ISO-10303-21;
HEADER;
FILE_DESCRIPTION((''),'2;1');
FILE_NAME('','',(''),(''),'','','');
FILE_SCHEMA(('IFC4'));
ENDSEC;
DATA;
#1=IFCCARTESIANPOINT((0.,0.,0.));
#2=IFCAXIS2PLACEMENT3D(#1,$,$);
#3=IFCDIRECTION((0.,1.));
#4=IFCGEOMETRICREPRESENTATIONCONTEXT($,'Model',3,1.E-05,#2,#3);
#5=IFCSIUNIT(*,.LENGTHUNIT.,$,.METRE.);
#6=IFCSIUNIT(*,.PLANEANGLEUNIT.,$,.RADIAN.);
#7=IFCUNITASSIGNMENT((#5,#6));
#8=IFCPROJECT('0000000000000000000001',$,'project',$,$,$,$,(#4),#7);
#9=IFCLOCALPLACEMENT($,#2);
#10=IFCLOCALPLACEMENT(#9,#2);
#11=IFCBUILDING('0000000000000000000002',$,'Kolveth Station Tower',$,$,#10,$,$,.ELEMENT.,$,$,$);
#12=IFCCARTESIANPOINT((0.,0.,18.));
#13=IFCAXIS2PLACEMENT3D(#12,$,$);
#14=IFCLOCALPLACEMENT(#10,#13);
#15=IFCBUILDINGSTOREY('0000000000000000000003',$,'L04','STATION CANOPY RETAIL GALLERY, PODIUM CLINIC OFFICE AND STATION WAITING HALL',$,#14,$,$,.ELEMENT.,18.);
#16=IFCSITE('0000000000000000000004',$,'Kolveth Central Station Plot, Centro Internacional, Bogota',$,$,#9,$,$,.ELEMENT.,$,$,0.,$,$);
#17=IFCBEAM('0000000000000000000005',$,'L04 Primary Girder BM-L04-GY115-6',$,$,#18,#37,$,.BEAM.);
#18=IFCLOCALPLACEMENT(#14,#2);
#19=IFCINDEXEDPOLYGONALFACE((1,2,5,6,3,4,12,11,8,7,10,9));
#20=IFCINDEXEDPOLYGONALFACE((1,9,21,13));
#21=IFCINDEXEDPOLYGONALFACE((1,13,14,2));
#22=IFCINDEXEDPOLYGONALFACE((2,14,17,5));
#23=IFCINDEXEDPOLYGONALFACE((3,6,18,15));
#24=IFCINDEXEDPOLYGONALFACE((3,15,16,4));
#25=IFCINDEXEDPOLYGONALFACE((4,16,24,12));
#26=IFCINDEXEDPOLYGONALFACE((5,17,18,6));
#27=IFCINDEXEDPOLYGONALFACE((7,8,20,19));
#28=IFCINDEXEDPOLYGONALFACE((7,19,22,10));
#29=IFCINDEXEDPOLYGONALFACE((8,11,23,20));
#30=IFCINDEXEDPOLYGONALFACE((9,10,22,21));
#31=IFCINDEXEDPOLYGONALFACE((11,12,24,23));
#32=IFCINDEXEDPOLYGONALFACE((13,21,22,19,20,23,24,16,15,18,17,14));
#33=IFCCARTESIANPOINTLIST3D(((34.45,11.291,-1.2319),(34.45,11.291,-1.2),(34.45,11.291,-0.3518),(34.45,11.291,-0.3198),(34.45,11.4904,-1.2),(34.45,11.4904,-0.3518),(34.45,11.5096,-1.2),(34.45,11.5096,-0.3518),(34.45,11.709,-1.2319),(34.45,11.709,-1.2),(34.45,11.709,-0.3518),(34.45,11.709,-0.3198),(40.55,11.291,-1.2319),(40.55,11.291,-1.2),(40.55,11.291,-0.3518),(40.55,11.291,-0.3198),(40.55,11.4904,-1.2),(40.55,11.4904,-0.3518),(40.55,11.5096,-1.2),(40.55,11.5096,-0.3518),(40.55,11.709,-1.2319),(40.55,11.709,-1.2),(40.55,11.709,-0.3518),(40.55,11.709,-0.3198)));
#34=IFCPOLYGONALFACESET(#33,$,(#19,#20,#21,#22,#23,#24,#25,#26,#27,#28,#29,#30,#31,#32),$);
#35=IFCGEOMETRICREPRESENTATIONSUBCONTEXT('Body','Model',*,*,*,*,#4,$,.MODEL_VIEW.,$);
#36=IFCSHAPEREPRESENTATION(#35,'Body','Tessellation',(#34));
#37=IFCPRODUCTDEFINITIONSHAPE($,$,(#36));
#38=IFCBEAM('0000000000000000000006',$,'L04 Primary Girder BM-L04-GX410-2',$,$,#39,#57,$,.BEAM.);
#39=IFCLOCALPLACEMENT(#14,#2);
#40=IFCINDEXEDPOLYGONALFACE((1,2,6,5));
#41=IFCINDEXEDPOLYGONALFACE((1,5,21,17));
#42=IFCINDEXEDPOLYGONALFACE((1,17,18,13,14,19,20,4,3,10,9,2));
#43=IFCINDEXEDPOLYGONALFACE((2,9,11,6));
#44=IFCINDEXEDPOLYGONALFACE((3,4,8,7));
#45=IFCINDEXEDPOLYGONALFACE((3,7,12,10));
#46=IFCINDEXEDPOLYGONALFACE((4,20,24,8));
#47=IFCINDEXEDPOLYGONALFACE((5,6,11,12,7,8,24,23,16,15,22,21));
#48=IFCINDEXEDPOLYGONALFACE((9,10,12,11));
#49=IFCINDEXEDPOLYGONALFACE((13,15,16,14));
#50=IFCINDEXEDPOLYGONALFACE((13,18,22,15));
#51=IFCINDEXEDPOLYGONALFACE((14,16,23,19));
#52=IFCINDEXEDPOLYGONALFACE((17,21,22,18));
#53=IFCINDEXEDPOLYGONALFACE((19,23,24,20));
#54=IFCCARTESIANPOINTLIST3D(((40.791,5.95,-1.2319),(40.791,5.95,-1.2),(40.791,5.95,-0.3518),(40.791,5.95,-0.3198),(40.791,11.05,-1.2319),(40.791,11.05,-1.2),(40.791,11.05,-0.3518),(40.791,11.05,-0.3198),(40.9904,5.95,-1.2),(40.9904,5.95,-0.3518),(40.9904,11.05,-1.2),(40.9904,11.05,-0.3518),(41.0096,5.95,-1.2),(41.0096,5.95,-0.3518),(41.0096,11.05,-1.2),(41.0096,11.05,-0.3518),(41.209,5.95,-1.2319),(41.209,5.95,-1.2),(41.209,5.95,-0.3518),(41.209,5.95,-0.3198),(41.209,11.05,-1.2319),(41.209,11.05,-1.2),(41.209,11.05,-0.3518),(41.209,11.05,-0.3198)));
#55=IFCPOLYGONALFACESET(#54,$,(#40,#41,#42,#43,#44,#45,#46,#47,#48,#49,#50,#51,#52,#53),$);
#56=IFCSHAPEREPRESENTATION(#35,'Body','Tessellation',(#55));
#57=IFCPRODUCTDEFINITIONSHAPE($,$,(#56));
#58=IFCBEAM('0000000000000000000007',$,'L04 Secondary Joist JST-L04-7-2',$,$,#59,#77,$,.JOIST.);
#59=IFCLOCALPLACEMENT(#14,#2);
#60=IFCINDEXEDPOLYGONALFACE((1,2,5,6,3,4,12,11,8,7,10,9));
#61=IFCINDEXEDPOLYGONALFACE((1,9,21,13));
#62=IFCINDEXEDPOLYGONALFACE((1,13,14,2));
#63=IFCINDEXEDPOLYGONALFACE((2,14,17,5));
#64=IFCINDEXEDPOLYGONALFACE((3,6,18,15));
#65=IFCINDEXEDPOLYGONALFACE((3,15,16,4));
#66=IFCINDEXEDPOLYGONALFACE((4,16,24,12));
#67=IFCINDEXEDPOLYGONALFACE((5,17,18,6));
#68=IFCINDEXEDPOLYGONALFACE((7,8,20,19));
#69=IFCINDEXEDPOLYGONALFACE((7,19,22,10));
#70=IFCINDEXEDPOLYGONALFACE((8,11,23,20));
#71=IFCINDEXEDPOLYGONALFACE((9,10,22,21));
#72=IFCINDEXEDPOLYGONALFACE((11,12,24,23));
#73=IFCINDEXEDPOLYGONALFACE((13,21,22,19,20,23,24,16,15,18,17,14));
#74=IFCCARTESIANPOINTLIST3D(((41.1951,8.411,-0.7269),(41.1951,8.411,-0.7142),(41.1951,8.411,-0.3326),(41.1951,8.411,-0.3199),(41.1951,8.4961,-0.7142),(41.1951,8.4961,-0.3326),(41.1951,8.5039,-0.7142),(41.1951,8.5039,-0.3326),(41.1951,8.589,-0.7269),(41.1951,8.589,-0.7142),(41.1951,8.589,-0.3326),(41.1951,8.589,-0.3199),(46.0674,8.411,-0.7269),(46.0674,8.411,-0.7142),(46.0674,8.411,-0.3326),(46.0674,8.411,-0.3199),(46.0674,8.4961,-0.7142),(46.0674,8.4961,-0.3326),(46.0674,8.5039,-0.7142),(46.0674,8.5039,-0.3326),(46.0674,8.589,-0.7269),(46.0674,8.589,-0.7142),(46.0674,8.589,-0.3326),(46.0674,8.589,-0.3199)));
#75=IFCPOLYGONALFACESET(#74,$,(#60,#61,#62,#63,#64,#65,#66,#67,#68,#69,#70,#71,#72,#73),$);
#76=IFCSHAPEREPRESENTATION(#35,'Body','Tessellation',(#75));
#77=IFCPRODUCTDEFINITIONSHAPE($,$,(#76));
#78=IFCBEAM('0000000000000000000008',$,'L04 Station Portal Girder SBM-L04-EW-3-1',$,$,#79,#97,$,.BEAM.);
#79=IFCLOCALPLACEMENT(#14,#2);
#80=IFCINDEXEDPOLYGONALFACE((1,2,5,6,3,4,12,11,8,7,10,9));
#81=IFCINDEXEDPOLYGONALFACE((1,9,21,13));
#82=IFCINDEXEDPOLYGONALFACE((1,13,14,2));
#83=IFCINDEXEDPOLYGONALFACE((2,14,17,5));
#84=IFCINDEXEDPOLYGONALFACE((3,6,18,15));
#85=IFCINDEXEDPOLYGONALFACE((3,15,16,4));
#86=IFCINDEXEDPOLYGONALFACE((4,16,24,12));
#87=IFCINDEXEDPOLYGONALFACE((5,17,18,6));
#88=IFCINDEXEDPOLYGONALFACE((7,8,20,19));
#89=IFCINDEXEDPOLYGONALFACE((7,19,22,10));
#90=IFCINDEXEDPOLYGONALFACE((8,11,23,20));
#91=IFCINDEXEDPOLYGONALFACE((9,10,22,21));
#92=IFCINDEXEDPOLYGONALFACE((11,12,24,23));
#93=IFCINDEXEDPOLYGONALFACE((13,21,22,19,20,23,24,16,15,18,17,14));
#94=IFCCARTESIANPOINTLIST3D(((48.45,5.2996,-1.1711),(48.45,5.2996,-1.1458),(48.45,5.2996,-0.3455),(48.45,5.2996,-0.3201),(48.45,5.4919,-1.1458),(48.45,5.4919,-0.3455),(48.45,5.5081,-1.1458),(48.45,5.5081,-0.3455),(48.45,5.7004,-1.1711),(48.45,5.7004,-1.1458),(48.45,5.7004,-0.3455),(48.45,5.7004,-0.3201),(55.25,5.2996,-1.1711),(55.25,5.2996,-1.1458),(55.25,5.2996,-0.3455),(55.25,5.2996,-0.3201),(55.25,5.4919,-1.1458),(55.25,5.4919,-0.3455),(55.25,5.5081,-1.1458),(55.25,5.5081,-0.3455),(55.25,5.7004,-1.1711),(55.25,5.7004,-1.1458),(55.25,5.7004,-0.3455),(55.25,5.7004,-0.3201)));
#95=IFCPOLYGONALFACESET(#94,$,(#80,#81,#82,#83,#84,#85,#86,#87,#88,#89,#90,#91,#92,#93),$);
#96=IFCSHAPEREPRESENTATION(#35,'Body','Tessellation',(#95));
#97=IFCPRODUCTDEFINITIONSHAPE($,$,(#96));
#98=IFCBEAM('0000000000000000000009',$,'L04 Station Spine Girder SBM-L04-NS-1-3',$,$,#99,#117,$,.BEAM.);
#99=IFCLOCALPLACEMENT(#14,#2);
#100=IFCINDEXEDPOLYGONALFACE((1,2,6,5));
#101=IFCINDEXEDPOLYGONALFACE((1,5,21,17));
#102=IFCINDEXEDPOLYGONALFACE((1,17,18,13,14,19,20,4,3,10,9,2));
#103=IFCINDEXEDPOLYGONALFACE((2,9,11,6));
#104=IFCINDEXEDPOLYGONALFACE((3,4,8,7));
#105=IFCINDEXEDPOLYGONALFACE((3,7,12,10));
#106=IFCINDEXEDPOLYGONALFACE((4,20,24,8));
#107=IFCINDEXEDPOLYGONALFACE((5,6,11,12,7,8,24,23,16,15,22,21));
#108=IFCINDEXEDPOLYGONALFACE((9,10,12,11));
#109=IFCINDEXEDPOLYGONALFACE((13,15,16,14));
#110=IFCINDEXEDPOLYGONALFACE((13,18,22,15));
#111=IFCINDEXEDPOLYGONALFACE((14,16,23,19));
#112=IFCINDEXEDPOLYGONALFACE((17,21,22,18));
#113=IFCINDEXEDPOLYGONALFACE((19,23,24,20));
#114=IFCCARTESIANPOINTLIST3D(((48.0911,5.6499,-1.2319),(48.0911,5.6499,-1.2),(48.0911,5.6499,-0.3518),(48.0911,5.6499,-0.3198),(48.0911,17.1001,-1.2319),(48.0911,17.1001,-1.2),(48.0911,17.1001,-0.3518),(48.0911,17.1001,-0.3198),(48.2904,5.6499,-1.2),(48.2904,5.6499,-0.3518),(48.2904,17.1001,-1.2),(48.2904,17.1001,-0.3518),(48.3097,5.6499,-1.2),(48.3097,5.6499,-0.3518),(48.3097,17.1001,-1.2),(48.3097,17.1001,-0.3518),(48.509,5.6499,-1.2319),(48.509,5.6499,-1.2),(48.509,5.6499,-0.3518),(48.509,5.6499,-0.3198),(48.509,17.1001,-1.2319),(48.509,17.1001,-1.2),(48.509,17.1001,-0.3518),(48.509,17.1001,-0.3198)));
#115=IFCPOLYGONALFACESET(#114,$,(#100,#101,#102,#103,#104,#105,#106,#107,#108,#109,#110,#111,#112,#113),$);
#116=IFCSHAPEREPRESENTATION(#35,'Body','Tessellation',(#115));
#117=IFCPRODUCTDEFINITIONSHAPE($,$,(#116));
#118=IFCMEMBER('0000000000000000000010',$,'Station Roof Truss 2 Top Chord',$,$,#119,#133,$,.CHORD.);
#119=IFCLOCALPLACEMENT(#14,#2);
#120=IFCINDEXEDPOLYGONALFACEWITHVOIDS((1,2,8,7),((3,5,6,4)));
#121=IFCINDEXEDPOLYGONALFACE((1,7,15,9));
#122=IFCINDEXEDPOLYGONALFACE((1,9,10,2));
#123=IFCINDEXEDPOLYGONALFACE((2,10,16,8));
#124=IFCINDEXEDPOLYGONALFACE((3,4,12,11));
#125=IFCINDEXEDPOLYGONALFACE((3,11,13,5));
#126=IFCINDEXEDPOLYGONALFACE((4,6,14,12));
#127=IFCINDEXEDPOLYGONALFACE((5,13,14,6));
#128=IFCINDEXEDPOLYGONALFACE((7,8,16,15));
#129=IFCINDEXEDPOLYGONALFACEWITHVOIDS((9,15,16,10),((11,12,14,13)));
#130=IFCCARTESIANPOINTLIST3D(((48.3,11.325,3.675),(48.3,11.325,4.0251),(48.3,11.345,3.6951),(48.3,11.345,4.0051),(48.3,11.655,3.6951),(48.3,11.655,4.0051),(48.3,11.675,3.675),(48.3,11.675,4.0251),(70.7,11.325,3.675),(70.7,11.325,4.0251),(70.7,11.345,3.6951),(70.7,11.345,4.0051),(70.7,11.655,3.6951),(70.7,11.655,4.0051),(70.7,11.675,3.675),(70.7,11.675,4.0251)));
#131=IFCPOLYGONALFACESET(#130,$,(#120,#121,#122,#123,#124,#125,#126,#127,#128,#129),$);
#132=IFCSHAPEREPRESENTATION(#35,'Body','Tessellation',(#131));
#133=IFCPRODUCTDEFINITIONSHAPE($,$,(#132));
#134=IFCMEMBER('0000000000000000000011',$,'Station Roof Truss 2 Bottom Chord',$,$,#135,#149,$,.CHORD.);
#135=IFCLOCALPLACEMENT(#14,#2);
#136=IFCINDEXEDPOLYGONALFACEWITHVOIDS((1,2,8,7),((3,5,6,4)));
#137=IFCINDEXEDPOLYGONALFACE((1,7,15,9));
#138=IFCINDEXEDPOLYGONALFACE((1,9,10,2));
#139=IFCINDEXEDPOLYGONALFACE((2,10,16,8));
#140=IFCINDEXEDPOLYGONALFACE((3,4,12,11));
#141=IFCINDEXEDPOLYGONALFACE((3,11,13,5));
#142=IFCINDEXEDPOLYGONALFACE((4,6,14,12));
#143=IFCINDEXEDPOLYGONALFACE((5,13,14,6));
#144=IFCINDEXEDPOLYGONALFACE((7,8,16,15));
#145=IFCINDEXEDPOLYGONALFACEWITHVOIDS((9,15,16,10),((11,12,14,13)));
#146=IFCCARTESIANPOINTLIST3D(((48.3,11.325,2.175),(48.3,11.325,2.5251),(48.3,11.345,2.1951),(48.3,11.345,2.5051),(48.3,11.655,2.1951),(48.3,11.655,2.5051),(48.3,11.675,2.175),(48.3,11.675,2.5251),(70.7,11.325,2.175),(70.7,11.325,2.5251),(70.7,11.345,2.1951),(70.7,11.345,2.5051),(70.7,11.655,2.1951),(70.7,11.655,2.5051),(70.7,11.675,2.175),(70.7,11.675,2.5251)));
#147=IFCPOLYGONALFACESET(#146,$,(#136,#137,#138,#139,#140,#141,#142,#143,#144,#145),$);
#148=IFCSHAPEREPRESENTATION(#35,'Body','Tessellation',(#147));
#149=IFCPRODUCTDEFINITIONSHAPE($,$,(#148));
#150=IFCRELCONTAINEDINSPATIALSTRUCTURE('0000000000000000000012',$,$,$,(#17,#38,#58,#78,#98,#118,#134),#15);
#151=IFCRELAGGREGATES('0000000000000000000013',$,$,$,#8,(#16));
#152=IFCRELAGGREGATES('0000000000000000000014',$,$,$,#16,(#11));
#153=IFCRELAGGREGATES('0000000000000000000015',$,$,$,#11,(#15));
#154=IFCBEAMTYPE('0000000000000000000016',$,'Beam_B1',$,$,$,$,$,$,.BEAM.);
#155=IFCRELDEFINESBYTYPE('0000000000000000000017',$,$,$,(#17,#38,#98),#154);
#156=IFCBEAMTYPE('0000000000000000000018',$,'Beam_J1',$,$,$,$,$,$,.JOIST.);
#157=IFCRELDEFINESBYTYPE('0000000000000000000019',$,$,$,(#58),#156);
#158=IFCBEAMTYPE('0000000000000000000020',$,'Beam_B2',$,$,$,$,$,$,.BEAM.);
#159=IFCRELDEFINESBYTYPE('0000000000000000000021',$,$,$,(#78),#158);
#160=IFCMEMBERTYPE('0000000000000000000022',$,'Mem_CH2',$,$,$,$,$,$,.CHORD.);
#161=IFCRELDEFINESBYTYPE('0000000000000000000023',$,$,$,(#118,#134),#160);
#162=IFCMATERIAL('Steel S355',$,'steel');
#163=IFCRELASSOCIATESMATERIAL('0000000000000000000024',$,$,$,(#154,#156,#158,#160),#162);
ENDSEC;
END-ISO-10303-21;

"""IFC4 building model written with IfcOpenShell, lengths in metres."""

from ifc_helpers import new_model, si_unit, direction, frame, origin, origin_2d, place, context, subcontext, project, spatial, hollow_rectangle, i_section, extrude, source, transform, mapped, material, material_profile, profile_set, type_object, element, save


model = new_model("IFC4")

# Units and contexts
model_context = context("Model", 3, precision=1e-05, world=origin(), true_north=direction((0.0, 1.0)))
body_context = subcontext(model_context, "Body", "Model", "MODEL_VIEW")
ifc_project = project(units=[si_unit("LENGTHUNIT", "METRE"), si_unit("PLANEANGLEUNIT", "RADIAN")], contexts=[model_context])

# Site, building, storey
site_placement = place(None, origin())
site = spatial("IfcSite", under=ifc_project, at=site_placement, Name="Kolveth Central Station Plot, Centro Internacional, Bogota", CompositionType="ELEMENT", RefElevation=0.0)
building_placement = place(site_placement, origin())
building = spatial("IfcBuilding", under=site, at=building_placement, Name="Kolveth Station Tower", CompositionType="ELEMENT")
storey_placement = place(building_placement, frame((0.0, 0.0, 18.0)))
storey = spatial("IfcBuildingStorey", under=building, at=storey_placement, Name="L04", Description="STATION CANOPY RETAIL GALLERY, PODIUM CLINIC OFFICE AND STATION WAITING HALL", CompositionType="ELEMENT", Elevation=18.0)

# Shared definitions
ifc_material_1 = material(Name="Steel S355", Category="steel")

# Beams
ifc_material_profile_1 = material_profile(ifc_material_1, i_section(OverallWidth=0.418, OverallDepth=0.9121, WebThickness=0.0193, FlangeThickness=0.032, at=origin_2d()), Name="W920x342")
ifc_profile_set_1 = profile_set([ifc_material_profile_1], Name="Steel S355")
beam_type_1 = type_object("IfcBeamType", Name="Beam_B1", PredefinedType="BEAM", material=ifc_profile_set_1)
shared_shape_1 = source(origin(), body_context, "Body", "SweptSolid", [
    extrude(i_section(OverallWidth=0.418, OverallDepth=0.9121, WebThickness=0.0193, FlangeThickness=0.032, at=origin_2d()), origin(), (0.0, 0.0, 1.0), 6.1001),
])
for number, where, z_axis, x_axis, name in (
    (1, (34.45, 11.5, -0.7759), (1.0, 0.0, 0.0), (0.0, 1.0, 0.0), "L04 Primary Girder BM-L04-GY115-6"),
):
    element("IfcBeam", number, at=place(storey_placement, frame(where, z_axis=z_axis, x_axis=x_axis)), inside=storey, type_object=beam_type_1, Name=name, PredefinedType="BEAM", context=body_context, shape_type="MappedRepresentation", body=[
        mapped(shared_shape_1, transform((0.0, 0.0, 0.0), x_axis=(1.0, 0.0, 0.0), y_axis=(0.0, 1.0, 0.0), z_axis=(0.0, 0.0, 1.0), scale=1.0)),
    ])
shared_shape_2 = source(origin(), body_context, "Body", "SweptSolid", [
    extrude(i_section(OverallWidth=0.418, OverallDepth=0.9121, WebThickness=0.0193, FlangeThickness=0.032, at=origin_2d()), origin(), (0.0, 0.0, 1.0), 5.1001),
])
beam_1_placement = place(storey_placement, frame((41.0, 5.95, -0.7759), z_axis=(0.0, 1.0, 0.0), x_axis=(-1.0, 0.0, 0.0)))
element("IfcBeam", 2, at=beam_1_placement, inside=storey, type_object=beam_type_1, Name="L04 Primary Girder BM-L04-GX410-2", PredefinedType="BEAM", context=body_context, shape_type="MappedRepresentation", body=[
    mapped(shared_shape_2, transform((0.0, 0.0, 0.0), x_axis=(1.0, 0.0, 0.0), y_axis=(0.0, 1.0, 0.0), z_axis=(0.0, 0.0, 1.0), scale=1.0)),
])
ifc_material_profile_2 = material_profile(ifc_material_1, i_section(OverallWidth=0.178, OverallDepth=0.407, WebThickness=0.0078, FlangeThickness=0.0127, at=origin_2d()), Name="W410x60")
ifc_profile_set_2 = profile_set([ifc_material_profile_2], Name="Steel S355")
beam_type_2 = type_object("IfcBeamType", Name="Beam_J1", PredefinedType="JOIST", material=ifc_profile_set_2)
shared_shape_3 = source(origin(), body_context, "Body", "SweptSolid", [
    extrude(i_section(OverallWidth=0.178, OverallDepth=0.407, WebThickness=0.0078, FlangeThickness=0.0127, at=origin_2d()), origin(), (0.0, 0.0, 1.0), 4.8723),
])
beam_2_placement = place(storey_placement, frame((41.1951, 8.5, -0.5234), z_axis=(1.0, 0.0, 0.0), x_axis=(0.0, 1.0, 0.0)))
element("IfcBeam", 3, at=beam_2_placement, inside=storey, type_object=beam_type_2, Name="L04 Secondary Joist JST-L04-7-2", PredefinedType="JOIST", context=body_context, shape_type="MappedRepresentation", body=[
    mapped(shared_shape_3, transform((0.0, 0.0, 0.0), x_axis=(1.0, 0.0, 0.0), y_axis=(0.0, 1.0, 0.0), z_axis=(0.0, 0.0, 1.0), scale=1.0)),
])
ifc_material_profile_3 = material_profile(ifc_material_1, i_section(OverallWidth=0.4009, OverallDepth=0.8511, WebThickness=0.0161, FlangeThickness=0.0254, at=origin_2d()), Name="W840x226")
ifc_profile_set_3 = profile_set([ifc_material_profile_3], Name="Steel S355")
beam_type_3 = type_object("IfcBeamType", Name="Beam_B2", PredefinedType="BEAM", material=ifc_profile_set_3)
shared_shape_4 = source(origin(), body_context, "Body", "SweptSolid", [
    extrude(i_section(OverallWidth=0.4009, OverallDepth=0.8511, WebThickness=0.0161, FlangeThickness=0.0254, at=origin_2d()), origin(), (0.0, 0.0, 1.0), 6.8),
])
beam_3_placement = place(storey_placement, frame((48.45, 5.5, -0.7456), z_axis=(1.0, 0.0, 0.0), x_axis=(0.0, 1.0, 0.0)))
element("IfcBeam", 4, at=beam_3_placement, inside=storey, type_object=beam_type_3, Name="L04 Station Portal Girder SBM-L04-EW-3-1", PredefinedType="BEAM", context=body_context, shape_type="MappedRepresentation", body=[
    mapped(shared_shape_4, transform((0.0, 0.0, 0.0), x_axis=(1.0, 0.0, 0.0), y_axis=(0.0, 1.0, 0.0), z_axis=(0.0, 0.0, 1.0), scale=1.0)),
])
shared_shape_5 = source(origin(), body_context, "Body", "SweptSolid", [
    extrude(i_section(OverallWidth=0.418, OverallDepth=0.9121, WebThickness=0.0193, FlangeThickness=0.032, at=origin_2d()), origin(), (0.0, 0.0, 1.0), 11.4502),
])
beam_4_placement = place(storey_placement, frame((48.3, 5.6499, -0.7759), z_axis=(0.0, 1.0, 0.0), x_axis=(-1.0, 0.0, 0.0)))
element("IfcBeam", 5, at=beam_4_placement, inside=storey, type_object=beam_type_1, Name="L04 Station Spine Girder SBM-L04-NS-1-3", PredefinedType="BEAM", context=body_context, shape_type="MappedRepresentation", body=[
    mapped(shared_shape_5, transform((0.0, 0.0, 0.0), x_axis=(1.0, 0.0, 0.0), y_axis=(0.0, 1.0, 0.0), z_axis=(0.0, 0.0, 1.0), scale=1.0)),
])

# Members
ifc_material_profile_4 = material_profile(ifc_material_1, hollow_rectangle(XDim=0.3501, YDim=0.3501, WallThickness=0.02, at=origin_2d()), Name="HSS350x350x20")
ifc_profile_set_4 = profile_set([ifc_material_profile_4], Name="Steel S355")
member_type_1 = type_object("IfcMemberType", Name="Mem_CH2", PredefinedType="CHORD", material=ifc_profile_set_4)
shared_shape_6 = source(origin(), body_context, "Body", "SweptSolid", [
    extrude(hollow_rectangle(XDim=0.3501, YDim=0.3501, WallThickness=0.02, at=origin_2d()), origin(), (0.0, 0.0, 1.0), 22.3999),
])
for number, where, z_axis, x_axis, name in (
    (6, (48.3, 11.5, 3.8501), (1.0, 0.0, 0.0), (0.0, 1.0, 0.0), "Station Roof Truss 2 Top Chord"),
    (7, (48.3, 11.5, 2.3501), (1.0, 0.0, 0.0), (0.0, 1.0, 0.0), "Station Roof Truss 2 Bottom Chord"),
):
    element("IfcMember", number, at=place(storey_placement, frame(where, z_axis=z_axis, x_axis=x_axis)), inside=storey, type_object=member_type_1, Name=name, PredefinedType="CHORD", context=body_context, shape_type="MappedRepresentation", body=[
        mapped(shared_shape_6, transform((0.0, 0.0, 0.0), x_axis=(1.0, 0.0, 0.0), y_axis=(0.0, 1.0, 0.0), z_axis=(0.0, 0.0, 1.0), scale=1.0)),
    ])

save(model, "model.ifc")
